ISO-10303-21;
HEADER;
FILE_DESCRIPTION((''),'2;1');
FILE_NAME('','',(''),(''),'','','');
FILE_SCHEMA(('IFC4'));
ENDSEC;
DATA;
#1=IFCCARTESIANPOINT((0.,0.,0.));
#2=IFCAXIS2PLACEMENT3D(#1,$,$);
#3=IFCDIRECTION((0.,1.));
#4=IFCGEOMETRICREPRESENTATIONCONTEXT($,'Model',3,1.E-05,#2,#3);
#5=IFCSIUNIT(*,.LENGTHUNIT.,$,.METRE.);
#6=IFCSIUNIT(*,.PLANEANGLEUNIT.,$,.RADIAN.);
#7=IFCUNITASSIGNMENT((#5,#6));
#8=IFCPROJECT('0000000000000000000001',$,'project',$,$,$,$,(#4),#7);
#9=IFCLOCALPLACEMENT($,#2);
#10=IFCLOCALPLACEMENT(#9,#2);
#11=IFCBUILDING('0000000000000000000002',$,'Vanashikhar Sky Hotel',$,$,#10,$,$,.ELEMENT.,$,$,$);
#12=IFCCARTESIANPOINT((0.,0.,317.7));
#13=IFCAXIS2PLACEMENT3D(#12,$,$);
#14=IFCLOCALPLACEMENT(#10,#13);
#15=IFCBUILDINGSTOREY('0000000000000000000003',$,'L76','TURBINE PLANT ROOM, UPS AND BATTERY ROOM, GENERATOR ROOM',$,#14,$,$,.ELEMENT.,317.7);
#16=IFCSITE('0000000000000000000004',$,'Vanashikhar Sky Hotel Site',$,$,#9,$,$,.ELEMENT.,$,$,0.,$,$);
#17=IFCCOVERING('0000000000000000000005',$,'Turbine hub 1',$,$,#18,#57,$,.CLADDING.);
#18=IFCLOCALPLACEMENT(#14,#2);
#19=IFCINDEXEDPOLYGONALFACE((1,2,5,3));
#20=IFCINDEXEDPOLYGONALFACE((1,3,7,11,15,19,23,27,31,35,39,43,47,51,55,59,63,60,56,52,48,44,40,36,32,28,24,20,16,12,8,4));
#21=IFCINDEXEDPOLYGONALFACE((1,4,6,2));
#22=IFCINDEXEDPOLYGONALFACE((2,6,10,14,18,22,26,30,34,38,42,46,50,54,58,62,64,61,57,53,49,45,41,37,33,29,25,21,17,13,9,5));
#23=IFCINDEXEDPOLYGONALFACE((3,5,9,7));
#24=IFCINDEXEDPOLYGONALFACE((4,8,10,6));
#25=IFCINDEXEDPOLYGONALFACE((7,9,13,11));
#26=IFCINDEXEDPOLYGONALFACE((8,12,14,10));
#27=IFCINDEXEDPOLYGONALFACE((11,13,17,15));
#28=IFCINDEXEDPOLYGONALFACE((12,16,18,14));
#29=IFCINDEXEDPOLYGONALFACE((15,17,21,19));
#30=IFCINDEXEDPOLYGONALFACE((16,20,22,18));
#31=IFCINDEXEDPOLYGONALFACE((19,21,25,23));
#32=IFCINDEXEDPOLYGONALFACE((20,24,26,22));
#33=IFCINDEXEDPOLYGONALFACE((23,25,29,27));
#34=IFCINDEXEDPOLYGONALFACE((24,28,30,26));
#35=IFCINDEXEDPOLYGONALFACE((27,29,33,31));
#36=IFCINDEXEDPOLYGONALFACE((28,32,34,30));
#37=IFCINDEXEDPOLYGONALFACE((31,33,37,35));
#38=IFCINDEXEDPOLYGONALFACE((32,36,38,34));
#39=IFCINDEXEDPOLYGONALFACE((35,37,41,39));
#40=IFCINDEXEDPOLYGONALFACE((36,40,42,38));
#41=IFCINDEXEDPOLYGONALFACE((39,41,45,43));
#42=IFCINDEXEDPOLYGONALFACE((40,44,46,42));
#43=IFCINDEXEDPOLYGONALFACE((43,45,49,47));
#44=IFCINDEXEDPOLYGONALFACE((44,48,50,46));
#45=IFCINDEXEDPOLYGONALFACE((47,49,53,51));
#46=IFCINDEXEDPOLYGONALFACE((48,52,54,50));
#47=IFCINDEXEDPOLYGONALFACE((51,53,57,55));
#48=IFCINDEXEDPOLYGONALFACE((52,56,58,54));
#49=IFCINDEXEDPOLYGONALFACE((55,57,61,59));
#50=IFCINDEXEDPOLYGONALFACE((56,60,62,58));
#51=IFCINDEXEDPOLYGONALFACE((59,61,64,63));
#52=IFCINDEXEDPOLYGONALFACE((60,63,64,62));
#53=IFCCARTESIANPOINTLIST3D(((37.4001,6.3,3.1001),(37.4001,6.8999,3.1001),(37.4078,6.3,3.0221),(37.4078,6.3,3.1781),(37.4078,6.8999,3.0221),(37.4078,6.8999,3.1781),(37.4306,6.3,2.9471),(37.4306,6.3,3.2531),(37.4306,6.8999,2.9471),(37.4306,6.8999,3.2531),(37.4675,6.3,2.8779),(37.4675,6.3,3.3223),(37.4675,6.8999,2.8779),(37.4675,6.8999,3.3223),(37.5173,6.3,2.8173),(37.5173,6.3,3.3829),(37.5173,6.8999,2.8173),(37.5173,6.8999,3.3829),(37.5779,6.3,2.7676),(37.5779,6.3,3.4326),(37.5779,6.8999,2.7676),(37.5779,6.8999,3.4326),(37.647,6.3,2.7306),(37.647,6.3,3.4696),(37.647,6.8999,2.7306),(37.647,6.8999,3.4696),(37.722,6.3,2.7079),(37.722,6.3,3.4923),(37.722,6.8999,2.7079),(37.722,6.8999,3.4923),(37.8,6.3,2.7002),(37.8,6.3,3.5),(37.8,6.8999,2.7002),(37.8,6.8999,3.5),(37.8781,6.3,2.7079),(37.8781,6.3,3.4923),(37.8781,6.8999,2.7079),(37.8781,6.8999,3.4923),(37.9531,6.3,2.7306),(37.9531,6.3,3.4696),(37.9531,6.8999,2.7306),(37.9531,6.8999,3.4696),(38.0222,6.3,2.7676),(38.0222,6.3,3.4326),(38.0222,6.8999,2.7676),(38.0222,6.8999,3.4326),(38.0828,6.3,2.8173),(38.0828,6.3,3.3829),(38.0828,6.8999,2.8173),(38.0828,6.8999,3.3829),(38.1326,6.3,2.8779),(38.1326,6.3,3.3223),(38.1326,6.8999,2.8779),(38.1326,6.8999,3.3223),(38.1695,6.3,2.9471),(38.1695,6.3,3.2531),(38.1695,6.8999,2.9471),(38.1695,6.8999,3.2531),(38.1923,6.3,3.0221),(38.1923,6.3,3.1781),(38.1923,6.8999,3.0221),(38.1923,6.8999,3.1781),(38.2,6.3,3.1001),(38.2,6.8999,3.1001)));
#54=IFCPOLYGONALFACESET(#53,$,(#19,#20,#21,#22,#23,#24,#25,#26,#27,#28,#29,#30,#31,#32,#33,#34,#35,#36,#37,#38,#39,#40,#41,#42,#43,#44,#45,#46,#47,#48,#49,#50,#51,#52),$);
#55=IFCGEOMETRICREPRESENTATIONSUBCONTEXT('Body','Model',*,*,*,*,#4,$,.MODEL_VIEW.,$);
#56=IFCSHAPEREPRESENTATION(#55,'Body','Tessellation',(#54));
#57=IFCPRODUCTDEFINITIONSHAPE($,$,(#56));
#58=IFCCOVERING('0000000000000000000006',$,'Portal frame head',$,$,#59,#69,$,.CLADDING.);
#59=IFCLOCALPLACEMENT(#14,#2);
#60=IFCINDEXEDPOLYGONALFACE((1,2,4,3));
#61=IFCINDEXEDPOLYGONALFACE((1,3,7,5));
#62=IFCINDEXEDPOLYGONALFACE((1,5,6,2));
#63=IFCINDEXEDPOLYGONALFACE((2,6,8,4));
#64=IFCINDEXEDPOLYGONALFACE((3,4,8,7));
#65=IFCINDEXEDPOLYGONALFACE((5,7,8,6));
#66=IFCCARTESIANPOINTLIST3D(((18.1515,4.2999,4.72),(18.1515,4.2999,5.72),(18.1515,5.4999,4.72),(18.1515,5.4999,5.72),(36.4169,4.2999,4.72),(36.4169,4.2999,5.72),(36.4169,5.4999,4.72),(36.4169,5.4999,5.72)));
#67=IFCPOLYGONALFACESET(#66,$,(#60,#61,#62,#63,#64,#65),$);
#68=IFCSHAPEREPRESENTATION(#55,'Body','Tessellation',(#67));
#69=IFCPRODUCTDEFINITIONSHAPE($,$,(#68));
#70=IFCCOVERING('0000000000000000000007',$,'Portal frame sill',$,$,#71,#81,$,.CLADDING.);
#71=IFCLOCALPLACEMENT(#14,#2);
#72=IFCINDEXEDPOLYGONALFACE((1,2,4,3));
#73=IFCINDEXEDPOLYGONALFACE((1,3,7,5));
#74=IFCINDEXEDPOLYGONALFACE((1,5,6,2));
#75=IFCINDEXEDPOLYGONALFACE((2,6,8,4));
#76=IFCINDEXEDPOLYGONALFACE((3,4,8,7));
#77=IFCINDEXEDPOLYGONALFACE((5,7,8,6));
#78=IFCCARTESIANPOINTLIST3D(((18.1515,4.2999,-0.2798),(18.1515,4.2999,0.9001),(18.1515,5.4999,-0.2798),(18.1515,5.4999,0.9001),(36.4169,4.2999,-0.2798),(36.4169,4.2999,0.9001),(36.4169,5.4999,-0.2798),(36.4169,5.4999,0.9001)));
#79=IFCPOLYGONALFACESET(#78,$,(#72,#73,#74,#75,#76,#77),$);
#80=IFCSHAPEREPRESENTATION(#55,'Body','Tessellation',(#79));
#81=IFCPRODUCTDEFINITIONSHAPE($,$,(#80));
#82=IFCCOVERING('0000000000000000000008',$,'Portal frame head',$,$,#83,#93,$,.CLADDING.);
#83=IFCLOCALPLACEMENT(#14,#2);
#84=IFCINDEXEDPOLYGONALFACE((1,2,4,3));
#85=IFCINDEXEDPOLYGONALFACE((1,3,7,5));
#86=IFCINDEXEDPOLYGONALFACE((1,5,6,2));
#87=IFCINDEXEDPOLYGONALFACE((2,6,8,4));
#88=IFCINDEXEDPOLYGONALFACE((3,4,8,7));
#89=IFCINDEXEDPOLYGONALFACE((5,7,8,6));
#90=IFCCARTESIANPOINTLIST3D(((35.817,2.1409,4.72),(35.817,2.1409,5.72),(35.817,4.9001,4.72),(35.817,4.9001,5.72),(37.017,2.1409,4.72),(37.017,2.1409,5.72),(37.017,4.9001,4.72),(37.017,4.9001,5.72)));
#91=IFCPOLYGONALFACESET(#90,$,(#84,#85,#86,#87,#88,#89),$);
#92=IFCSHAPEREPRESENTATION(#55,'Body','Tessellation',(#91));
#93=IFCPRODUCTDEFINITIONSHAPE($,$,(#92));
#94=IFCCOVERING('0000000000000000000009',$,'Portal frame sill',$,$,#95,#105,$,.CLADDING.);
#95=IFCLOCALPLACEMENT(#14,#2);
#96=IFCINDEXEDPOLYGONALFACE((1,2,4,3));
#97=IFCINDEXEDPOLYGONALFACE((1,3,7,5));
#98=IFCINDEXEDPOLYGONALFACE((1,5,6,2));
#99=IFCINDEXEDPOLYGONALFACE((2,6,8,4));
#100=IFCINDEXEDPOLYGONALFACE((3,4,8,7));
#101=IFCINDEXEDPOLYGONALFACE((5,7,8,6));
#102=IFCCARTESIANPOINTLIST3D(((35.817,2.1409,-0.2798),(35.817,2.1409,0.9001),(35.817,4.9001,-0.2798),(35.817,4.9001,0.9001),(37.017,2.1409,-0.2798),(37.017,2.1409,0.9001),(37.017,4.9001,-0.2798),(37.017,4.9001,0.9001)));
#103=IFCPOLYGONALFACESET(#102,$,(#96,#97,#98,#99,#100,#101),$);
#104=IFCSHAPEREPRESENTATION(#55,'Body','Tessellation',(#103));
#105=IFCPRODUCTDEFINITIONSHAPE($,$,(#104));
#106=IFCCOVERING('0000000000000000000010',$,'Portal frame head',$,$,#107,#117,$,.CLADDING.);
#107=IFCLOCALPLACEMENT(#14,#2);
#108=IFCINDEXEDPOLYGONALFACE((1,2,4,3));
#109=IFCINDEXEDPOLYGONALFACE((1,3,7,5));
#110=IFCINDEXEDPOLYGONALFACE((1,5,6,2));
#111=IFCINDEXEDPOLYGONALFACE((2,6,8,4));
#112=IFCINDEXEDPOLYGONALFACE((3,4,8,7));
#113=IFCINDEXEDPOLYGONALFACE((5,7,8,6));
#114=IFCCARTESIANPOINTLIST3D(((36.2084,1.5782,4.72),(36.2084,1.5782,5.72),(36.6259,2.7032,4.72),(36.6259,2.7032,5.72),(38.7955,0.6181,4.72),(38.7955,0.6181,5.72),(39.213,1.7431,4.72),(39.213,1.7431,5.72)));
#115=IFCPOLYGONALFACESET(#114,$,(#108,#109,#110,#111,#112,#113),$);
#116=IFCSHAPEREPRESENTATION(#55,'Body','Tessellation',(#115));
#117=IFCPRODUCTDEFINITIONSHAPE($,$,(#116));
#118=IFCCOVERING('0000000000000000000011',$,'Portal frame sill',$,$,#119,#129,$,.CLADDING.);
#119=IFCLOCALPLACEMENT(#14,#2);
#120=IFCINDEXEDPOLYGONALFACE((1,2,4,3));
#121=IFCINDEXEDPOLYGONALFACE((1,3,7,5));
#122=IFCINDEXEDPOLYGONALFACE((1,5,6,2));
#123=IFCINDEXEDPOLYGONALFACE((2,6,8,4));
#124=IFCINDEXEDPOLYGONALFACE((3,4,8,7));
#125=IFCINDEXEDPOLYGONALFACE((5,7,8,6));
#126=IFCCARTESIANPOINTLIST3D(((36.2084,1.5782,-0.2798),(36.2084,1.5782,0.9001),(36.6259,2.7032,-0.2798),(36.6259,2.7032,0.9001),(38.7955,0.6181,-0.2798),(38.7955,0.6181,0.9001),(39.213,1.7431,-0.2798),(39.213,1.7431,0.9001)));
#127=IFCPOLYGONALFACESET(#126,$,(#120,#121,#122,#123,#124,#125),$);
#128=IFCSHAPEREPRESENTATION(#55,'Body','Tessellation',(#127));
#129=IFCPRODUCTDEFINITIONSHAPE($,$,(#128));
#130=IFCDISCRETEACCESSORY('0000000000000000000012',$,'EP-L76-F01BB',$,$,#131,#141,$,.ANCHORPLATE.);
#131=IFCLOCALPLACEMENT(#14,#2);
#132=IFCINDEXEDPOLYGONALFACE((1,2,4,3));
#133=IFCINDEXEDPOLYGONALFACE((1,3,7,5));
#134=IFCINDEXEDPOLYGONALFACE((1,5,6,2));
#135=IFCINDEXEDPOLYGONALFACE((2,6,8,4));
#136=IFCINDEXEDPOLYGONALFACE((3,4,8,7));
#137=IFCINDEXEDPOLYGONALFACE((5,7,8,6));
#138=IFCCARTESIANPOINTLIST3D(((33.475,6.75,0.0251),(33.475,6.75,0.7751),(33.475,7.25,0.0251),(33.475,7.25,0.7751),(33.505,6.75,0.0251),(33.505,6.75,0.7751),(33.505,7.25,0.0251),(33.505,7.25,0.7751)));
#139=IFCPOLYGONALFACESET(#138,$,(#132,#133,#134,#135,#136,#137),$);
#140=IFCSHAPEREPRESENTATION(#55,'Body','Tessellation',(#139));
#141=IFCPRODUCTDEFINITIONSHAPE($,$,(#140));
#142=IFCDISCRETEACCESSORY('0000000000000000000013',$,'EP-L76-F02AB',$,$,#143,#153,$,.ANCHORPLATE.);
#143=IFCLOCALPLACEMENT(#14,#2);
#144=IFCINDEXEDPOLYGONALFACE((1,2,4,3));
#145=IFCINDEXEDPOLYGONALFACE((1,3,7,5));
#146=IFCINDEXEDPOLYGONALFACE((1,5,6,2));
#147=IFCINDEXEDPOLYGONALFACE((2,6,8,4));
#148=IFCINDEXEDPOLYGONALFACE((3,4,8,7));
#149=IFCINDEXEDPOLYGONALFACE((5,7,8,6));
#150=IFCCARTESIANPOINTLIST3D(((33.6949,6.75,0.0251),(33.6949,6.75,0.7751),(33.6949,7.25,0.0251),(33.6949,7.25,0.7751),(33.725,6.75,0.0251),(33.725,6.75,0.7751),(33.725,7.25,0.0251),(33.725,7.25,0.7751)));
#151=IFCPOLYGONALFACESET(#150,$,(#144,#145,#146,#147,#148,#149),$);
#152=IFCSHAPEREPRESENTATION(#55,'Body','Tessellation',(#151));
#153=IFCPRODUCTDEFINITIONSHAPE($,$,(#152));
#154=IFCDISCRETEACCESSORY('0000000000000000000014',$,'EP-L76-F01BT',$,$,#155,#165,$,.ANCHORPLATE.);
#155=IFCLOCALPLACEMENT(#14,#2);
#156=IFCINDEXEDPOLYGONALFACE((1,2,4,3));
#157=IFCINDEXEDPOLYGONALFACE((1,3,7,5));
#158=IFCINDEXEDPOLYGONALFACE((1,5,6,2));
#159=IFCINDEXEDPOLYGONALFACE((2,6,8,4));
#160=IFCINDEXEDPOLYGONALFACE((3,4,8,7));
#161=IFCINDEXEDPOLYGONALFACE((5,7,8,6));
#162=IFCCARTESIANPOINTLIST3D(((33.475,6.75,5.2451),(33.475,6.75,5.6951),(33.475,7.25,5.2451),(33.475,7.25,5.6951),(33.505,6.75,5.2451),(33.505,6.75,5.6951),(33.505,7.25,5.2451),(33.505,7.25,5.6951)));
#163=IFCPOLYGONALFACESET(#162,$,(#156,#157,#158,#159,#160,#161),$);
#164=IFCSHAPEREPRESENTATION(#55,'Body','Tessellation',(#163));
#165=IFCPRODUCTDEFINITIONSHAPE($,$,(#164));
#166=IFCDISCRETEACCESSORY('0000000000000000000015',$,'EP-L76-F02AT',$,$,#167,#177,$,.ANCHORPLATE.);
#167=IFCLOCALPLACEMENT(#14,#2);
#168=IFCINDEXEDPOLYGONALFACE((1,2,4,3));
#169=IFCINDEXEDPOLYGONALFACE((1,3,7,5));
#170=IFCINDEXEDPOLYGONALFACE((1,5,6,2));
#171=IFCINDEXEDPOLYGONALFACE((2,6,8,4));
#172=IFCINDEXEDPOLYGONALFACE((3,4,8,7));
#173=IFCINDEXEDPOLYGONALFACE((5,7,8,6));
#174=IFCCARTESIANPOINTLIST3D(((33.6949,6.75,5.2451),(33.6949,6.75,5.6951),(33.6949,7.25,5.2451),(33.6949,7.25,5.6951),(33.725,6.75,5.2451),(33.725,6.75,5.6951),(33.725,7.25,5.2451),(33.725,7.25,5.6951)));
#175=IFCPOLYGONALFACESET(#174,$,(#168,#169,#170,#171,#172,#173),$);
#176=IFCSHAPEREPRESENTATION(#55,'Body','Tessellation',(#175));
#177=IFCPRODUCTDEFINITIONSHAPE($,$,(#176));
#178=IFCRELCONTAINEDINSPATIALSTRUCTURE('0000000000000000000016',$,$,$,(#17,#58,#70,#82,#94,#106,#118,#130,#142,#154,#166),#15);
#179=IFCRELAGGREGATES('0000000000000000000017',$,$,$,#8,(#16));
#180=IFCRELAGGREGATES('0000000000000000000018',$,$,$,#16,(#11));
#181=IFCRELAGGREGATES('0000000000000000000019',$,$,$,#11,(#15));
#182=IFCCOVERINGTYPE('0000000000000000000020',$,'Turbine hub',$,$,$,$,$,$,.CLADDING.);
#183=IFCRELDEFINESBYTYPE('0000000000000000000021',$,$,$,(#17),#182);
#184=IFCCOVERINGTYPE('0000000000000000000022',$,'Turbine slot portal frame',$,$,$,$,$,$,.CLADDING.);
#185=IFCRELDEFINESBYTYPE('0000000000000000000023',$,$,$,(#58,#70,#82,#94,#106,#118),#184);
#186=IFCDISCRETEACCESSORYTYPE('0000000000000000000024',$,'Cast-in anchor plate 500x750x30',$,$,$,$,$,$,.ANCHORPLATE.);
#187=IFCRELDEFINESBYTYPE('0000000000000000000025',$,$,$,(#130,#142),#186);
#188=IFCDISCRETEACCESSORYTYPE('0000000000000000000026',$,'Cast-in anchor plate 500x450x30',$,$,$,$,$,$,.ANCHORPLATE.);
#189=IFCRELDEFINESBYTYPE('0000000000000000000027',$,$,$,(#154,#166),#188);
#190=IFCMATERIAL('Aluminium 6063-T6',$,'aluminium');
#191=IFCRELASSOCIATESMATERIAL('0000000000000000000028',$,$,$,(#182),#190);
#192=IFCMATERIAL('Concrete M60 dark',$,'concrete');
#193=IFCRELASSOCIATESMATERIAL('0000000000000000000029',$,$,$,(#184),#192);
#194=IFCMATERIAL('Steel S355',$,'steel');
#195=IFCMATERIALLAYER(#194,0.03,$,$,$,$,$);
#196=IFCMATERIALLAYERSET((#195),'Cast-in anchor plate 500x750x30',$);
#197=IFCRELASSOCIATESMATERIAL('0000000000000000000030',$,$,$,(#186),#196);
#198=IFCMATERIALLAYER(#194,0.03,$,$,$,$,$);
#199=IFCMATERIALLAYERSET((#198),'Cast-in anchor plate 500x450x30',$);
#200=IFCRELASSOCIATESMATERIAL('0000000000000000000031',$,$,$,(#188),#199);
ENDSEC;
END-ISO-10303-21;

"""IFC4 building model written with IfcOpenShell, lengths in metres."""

from ifc_helpers import new_model, si_unit, direction, frame, origin, origin_2d, place, context, subcontext, project, spatial, rectangle, circle, extrude, source, transform, mapped, material, layer, layer_set, material_profile, profile_set, type_object, element, save


model = new_model("IFC4")

# Units and contexts
model_context = context("Model", 3, precision=1e-05, world=origin(), true_north=direction((0.0, 1.0)))
body_context = subcontext(model_context, "Body", "Model", "MODEL_VIEW")
ifc_project = project(units=[si_unit("LENGTHUNIT", "METRE"), si_unit("PLANEANGLEUNIT", "RADIAN")], contexts=[model_context])

# Site, building, storey
site_placement = place(None, origin())
site = spatial("IfcSite", under=ifc_project, at=site_placement, Name="Vanashikhar Sky Hotel Site", CompositionType="ELEMENT", RefElevation=0.0)
building_placement = place(site_placement, origin())
building = spatial("IfcBuilding", under=site, at=building_placement, Name="Vanashikhar Sky Hotel", CompositionType="ELEMENT")
storey_placement = place(building_placement, frame((0.0, 0.0, 317.7)))
storey = spatial("IfcBuildingStorey", under=building, at=storey_placement, Name="L76", Description="TURBINE PLANT ROOM, UPS AND BATTERY ROOM, GENERATOR ROOM", CompositionType="ELEMENT", Elevation=317.7)

# Shared definitions
ifc_material_1 = material(Name="Steel S355", Category="steel")

# Coverings
ifc_material_2 = material(Name="Aluminium 6063-T6", Category="aluminium")
ifc_material_profile_1 = material_profile(ifc_material_2, circle(Radius=0.3999, at=origin_2d()))
ifc_profile_set_1 = profile_set([ifc_material_profile_1], Name="Turbine hub")
covering_type_1 = type_object("IfcCoveringType", Name="Turbine hub", PredefinedType="CLADDING", material=ifc_profile_set_1)
shared_shape_1 = source(origin(), body_context, "Body", "SweptSolid", [
    extrude(circle(Radius=0.3999, at=origin_2d()), origin(), (0.0, 0.0, 1.0), 0.5999),
])
covering_1_placement = place(storey_placement, frame((37.8, 6.3, 3.1001), z_axis=(0.0, 1.0, 0.0), x_axis=(-1.0, 0.0, 0.0)))
element("IfcCovering", 1, at=covering_1_placement, inside=storey, type_object=covering_type_1, Name="Turbine hub 1", PredefinedType="CLADDING", context=body_context, shape_type="MappedRepresentation", body=[
    mapped(shared_shape_1, transform((0.0, 0.0, 0.0), scale=1.0)),
])
ifc_material_3 = material(Name="Concrete M60 dark", Category="concrete")
covering_type_2 = type_object("IfcCoveringType", Name="Turbine slot portal frame", PredefinedType="CLADDING", material=ifc_material_3)
shared_shape_2 = source(origin(), body_context, "Body", "SweptSolid", [
    extrude(rectangle(XDim=18.2654, YDim=1.2, at=origin_2d()), origin(), (0.0, 0.0, 1.0), 1.0),
])
covering_2_placement = place(storey_placement, frame((27.2842, 4.8999, 4.72), z_axis=(0.0, 0.0, 1.0), x_axis=(1.0, 0.0, 0.0)))
element("IfcCovering", 2, at=covering_2_placement, inside=storey, type_object=covering_type_2, Name="Portal frame head", PredefinedType="CLADDING", context=body_context, shape_type="MappedRepresentation", body=[
    mapped(shared_shape_2, transform((0.0, 0.0, 0.0), scale=1.0)),
])
shared_shape_3 = source(origin(), body_context, "Body", "SweptSolid", [
    extrude(rectangle(XDim=18.2654, YDim=1.2, at=origin_2d()), origin(), (0.0, 0.0, 1.0), 1.1799),
])
covering_3_placement = place(storey_placement, frame((27.2842, 4.8999, -0.2798), z_axis=(0.0, 0.0, 1.0), x_axis=(1.0, 0.0, 0.0)))
element("IfcCovering", 3, at=covering_3_placement, inside=storey, type_object=covering_type_2, Name="Portal frame sill", PredefinedType="CLADDING", context=body_context, shape_type="MappedRepresentation", body=[
    mapped(shared_shape_3, transform((0.0, 0.0, 0.0), scale=1.0)),
])
shared_shape_4 = source(origin(), body_context, "Body", "SweptSolid", [
    extrude(rectangle(XDim=2.7593, YDim=1.2, at=origin_2d()), origin(), (0.0, 0.0, 1.0), 1.0),
])
covering_4_placement = place(storey_placement, frame((36.417, 3.5205, 4.72), z_axis=(0.0, 0.0, 1.0), x_axis=(0.0, -1.0, 0.0)))
element("IfcCovering", 4, at=covering_4_placement, inside=storey, type_object=covering_type_2, Name="Portal frame head", PredefinedType="CLADDING", context=body_context, shape_type="MappedRepresentation", body=[
    mapped(shared_shape_4, transform((0.0, 0.0, 0.0), scale=1.0)),
])
shared_shape_5 = source(origin(), body_context, "Body", "SweptSolid", [
    extrude(rectangle(XDim=2.7593, YDim=1.2, at=origin_2d()), origin(), (0.0, 0.0, 1.0), 1.1799),
])
covering_5_placement = place(storey_placement, frame((36.417, 3.5205, -0.2798), z_axis=(0.0, 0.0, 1.0), x_axis=(0.0, -1.0, 0.0)))
element("IfcCovering", 5, at=covering_5_placement, inside=storey, type_object=covering_type_2, Name="Portal frame sill", PredefinedType="CLADDING", context=body_context, shape_type="MappedRepresentation", body=[
    mapped(shared_shape_5, transform((0.0, 0.0, 0.0), scale=1.0)),
])
shared_shape_6 = source(origin(), body_context, "Body", "SweptSolid", [
    extrude(rectangle(XDim=2.7595, YDim=1.2, at=origin_2d()), origin(), (0.0, 0.0, 1.0), 1.0),
])
covering_6_placement = place(storey_placement, frame((37.7107, 1.6606, 4.72), z_axis=(0.0, 0.0, 1.0), x_axis=(0.937525, -0.347918, 0.0)))
element("IfcCovering", 6, at=covering_6_placement, inside=storey, type_object=covering_type_2, Name="Portal frame head", PredefinedType="CLADDING", context=body_context, shape_type="MappedRepresentation", body=[
    mapped(shared_shape_6, transform((0.0, 0.0, 0.0), scale=1.0)),
])
shared_shape_7 = source(origin(), body_context, "Body", "SweptSolid", [
    extrude(rectangle(XDim=2.7595, YDim=1.2, at=origin_2d()), origin(), (0.0, 0.0, 1.0), 1.1799),
])
covering_7_placement = place(storey_placement, frame((37.7107, 1.6606, -0.2798), z_axis=(0.0, 0.0, 1.0), x_axis=(0.937525, -0.347918, 0.0)))
element("IfcCovering", 7, at=covering_7_placement, inside=storey, type_object=covering_type_2, Name="Portal frame sill", PredefinedType="CLADDING", context=body_context, shape_type="MappedRepresentation", body=[
    mapped(shared_shape_7, transform((0.0, 0.0, 0.0), scale=1.0)),
])

# Discrete accessories
ifc_layer_1 = layer(ifc_material_1, 0.03)
ifc_layer_set_1 = layer_set([ifc_layer_1], Name="Cast-in anchor plate 500x750x30")
discrete_accessory_type_1 = type_object("IfcDiscreteAccessoryType", Name="Cast-in anchor plate 500x750x30", PredefinedType="ANCHORPLATE", material=ifc_layer_set_1)
shared_shape_8 = source(origin(), body_context, "Body", "SweptSolid", [
    extrude(rectangle(XDim=0.03, YDim=0.5, at=origin_2d()), origin(), (0.0, 0.0, 1.0), 0.75),
])
for number, where, z_axis, x_axis, name in (
    (8, (33.49, 7.0, 0.0251), (0.0, 0.0, 1.0), (1.0, 0.0, 0.0), "EP-L76-F01BB"),
    (9, (33.71, 7.0, 0.0251), (0.0, 0.0, 1.0), (1.0, 0.0, 0.0), "EP-L76-F02AB"),
):
    element("IfcDiscreteAccessory", number, at=place(storey_placement, frame(where, z_axis=z_axis, x_axis=x_axis)), inside=storey, type_object=discrete_accessory_type_1, Name=name, PredefinedType="ANCHORPLATE", context=body_context, shape_type="MappedRepresentation", body=[
        mapped(shared_shape_8, transform((0.0, 0.0, 0.0), scale=1.0)),
    ])
ifc_layer_2 = layer(ifc_material_1, 0.03)
ifc_layer_set_2 = layer_set([ifc_layer_2], Name="Cast-in anchor plate 500x450x30")
discrete_accessory_type_2 = type_object("IfcDiscreteAccessoryType", Name="Cast-in anchor plate 500x450x30", PredefinedType="ANCHORPLATE", material=ifc_layer_set_2)
shared_shape_9 = source(origin(), body_context, "Body", "SweptSolid", [
    extrude(rectangle(XDim=0.03, YDim=0.5, at=origin_2d()), origin(), (0.0, 0.0, 1.0), 0.45),
])
for number, where, z_axis, x_axis, name in (
    (10, (33.49, 7.0, 5.2451), (0.0, 0.0, 1.0), (1.0, 0.0, 0.0), "EP-L76-F01BT"),
    (11, (33.71, 7.0, 5.2451), (0.0, 0.0, 1.0), (1.0, 0.0, 0.0), "EP-L76-F02AT"),
):
    element("IfcDiscreteAccessory", number, at=place(storey_placement, frame(where, z_axis=z_axis, x_axis=x_axis)), inside=storey, type_object=discrete_accessory_type_2, Name=name, PredefinedType="ANCHORPLATE", context=body_context, shape_type="MappedRepresentation", body=[
        mapped(shared_shape_9, transform((0.0, 0.0, 0.0), scale=1.0)),
    ])

save(model, "model.ifc")
